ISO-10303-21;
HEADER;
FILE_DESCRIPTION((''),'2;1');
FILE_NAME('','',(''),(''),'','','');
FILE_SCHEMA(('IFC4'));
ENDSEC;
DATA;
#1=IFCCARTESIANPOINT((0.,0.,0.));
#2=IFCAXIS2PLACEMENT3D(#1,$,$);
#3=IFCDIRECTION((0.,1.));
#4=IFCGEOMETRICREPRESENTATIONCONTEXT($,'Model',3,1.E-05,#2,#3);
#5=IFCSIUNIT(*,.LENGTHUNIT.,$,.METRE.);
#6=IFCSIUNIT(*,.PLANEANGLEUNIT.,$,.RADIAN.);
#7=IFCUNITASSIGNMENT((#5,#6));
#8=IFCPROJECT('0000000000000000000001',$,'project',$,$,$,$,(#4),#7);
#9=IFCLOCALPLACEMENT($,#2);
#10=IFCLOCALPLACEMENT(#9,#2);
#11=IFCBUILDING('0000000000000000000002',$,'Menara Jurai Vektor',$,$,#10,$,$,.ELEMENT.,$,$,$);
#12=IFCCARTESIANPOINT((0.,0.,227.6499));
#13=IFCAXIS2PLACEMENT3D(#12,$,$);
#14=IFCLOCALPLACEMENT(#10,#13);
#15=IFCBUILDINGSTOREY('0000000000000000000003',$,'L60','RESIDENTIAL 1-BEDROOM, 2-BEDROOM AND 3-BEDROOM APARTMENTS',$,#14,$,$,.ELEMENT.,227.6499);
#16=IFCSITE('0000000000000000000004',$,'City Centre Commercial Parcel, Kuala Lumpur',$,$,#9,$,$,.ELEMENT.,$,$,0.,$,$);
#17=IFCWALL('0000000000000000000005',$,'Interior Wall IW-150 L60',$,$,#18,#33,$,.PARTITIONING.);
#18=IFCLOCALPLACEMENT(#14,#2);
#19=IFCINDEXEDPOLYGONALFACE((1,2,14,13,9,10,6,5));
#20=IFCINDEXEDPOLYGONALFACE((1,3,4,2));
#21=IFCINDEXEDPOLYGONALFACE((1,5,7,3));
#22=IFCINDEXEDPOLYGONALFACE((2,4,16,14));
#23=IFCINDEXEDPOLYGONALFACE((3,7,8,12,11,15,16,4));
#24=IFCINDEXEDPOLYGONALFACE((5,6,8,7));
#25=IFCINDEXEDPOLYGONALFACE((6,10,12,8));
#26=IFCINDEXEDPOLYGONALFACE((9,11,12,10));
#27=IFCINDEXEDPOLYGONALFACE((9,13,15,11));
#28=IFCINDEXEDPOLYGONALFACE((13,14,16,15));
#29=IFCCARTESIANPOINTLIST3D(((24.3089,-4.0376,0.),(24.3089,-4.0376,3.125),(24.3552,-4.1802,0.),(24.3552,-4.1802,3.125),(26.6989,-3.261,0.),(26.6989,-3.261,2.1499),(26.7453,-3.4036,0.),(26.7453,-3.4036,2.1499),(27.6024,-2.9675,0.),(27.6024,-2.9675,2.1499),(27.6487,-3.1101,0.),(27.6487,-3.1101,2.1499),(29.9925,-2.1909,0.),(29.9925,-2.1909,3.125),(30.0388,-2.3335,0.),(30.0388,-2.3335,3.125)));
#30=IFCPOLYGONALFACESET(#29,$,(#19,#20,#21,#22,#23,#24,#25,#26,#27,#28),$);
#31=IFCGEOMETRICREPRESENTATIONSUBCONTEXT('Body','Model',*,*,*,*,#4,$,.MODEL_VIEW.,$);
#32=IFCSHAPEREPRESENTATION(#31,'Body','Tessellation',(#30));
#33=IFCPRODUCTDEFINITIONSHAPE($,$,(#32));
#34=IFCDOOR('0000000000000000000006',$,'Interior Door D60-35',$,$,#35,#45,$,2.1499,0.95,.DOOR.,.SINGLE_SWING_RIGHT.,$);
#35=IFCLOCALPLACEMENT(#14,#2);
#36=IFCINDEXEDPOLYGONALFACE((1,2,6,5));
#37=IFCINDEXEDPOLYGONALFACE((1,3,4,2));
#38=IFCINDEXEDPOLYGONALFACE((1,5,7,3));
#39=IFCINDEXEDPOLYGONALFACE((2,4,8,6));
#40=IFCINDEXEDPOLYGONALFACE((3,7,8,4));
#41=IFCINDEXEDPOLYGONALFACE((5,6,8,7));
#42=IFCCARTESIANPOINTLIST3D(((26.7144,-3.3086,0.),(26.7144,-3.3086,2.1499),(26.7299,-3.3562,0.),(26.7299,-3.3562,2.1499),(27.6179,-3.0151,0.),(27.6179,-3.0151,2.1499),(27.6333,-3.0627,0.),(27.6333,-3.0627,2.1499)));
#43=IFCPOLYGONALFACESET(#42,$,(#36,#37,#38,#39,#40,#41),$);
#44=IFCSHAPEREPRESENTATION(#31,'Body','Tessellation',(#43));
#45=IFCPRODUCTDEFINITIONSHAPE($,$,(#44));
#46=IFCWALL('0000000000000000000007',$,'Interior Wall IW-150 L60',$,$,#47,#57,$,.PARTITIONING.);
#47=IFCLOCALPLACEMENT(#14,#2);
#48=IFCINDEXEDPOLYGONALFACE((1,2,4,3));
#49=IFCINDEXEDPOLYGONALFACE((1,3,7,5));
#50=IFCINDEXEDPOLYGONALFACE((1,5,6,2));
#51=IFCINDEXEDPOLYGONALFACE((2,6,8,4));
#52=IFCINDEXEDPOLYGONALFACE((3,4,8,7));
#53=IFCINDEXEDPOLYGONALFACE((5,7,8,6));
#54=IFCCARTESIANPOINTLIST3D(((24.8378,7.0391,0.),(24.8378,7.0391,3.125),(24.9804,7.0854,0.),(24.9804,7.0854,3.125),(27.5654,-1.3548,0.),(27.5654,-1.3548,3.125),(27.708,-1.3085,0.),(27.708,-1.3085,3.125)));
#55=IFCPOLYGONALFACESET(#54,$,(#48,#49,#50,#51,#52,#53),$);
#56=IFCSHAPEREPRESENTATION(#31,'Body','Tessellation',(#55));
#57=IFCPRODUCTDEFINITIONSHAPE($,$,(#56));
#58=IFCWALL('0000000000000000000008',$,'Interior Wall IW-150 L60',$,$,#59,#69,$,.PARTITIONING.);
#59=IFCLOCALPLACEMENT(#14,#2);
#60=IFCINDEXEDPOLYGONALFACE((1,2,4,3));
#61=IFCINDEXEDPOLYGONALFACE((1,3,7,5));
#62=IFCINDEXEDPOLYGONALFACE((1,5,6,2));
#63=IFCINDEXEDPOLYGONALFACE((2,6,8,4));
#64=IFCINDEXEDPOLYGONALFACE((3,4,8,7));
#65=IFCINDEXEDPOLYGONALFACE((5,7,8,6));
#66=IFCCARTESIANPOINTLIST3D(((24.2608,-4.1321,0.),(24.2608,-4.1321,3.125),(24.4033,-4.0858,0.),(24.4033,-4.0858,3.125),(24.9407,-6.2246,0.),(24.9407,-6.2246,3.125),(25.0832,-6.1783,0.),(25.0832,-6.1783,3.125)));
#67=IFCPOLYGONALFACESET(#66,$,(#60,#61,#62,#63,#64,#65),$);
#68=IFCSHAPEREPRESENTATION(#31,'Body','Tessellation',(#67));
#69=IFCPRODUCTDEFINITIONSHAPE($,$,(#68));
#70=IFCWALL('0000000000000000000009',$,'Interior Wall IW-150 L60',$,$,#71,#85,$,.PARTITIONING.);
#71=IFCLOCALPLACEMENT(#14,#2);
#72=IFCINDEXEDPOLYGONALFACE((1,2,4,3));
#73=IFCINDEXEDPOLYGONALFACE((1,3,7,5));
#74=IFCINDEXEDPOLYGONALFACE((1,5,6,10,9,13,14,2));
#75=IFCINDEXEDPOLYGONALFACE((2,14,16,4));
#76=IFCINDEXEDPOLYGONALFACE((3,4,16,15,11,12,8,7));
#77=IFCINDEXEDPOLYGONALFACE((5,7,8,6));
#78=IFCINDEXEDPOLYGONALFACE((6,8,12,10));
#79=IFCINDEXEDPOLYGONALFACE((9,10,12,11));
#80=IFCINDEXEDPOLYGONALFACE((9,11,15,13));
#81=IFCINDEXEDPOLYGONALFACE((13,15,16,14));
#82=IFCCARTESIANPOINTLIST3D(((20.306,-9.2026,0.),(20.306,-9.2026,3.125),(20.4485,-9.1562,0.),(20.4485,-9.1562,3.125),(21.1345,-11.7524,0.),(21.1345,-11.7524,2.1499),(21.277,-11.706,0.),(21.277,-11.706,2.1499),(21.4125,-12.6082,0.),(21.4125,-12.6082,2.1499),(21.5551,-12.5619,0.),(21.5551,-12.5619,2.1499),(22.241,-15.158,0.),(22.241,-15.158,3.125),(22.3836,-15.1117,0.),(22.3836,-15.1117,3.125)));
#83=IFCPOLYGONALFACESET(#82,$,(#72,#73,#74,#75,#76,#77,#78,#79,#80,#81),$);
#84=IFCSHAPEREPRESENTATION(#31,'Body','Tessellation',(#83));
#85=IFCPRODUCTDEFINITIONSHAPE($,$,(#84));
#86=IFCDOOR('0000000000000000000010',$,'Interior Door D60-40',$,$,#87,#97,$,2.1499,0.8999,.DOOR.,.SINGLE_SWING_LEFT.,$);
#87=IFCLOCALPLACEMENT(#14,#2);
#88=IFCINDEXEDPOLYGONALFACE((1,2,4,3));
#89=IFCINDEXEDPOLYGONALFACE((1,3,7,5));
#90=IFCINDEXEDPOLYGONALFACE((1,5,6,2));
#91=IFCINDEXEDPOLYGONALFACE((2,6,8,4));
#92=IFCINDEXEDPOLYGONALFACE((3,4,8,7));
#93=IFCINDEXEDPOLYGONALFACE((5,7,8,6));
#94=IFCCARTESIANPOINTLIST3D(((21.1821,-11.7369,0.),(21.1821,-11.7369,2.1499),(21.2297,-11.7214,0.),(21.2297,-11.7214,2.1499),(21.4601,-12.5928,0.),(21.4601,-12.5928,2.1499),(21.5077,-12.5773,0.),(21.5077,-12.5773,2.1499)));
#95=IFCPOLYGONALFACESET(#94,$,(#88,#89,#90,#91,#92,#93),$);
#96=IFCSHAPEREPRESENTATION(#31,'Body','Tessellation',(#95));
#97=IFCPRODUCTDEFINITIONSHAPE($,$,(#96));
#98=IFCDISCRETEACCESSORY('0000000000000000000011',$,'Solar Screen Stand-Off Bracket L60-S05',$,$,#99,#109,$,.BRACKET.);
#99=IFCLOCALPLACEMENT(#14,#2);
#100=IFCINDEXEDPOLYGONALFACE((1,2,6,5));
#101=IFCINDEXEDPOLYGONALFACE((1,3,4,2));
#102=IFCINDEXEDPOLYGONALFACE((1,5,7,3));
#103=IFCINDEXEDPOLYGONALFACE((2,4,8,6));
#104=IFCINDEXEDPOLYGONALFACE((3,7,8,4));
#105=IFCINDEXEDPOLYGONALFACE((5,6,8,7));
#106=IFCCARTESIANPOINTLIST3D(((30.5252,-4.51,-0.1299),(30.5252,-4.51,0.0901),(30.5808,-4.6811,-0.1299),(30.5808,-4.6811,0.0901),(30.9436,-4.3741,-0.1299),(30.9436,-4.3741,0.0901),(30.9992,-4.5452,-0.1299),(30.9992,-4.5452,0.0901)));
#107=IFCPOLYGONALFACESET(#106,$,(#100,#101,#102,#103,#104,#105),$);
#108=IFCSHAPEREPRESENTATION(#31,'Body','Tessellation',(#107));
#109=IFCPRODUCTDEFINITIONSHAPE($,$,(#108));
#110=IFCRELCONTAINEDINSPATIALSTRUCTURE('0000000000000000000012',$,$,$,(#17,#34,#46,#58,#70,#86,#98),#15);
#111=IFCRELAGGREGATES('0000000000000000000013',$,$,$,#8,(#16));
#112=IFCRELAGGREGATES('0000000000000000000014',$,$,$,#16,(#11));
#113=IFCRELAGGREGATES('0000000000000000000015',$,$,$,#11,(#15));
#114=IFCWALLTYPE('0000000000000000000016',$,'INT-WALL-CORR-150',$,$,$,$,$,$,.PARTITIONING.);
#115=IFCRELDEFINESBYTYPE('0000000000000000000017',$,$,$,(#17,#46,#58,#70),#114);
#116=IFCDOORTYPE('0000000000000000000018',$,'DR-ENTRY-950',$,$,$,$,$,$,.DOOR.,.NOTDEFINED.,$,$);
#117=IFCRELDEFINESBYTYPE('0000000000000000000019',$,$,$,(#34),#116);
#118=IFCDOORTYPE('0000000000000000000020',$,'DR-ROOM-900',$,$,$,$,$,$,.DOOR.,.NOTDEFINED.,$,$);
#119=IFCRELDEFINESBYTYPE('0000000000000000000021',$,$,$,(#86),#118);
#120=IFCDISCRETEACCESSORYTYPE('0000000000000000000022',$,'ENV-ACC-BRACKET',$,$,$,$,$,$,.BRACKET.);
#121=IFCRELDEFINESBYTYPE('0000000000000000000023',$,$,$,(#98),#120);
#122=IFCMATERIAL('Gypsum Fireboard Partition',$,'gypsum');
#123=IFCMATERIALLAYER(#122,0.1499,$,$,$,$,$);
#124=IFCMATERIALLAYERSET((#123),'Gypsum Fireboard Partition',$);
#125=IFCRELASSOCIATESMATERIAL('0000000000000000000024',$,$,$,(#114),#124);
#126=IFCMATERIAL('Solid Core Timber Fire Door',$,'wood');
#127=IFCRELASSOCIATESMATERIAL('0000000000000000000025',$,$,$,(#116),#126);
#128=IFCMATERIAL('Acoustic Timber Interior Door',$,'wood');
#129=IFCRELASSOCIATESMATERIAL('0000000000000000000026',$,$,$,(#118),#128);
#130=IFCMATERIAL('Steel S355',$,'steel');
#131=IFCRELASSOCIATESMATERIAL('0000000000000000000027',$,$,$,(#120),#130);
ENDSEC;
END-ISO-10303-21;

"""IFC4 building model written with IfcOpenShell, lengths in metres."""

from ifc_helpers import new_model, si_unit, direction, frame, frame_2d, origin, origin_2d, place, context, subcontext, project, spatial, rectangle, extrude, material, layer, layer_set, type_object, element, fill, save


model = new_model("IFC4")

# Units and contexts
model_context = context("Model", 3, precision=1e-05, world=origin(), true_north=direction((0.0, 1.0)))
body_context = subcontext(model_context, "Body", "Model", "MODEL_VIEW")
ifc_project = project(units=[si_unit("LENGTHUNIT", "METRE"), si_unit("PLANEANGLEUNIT", "RADIAN")], contexts=[model_context])

# Site, building, storey
site_placement = place(None, origin())
site = spatial("IfcSite", under=ifc_project, at=site_placement, Name="City Centre Commercial Parcel, Kuala Lumpur", CompositionType="ELEMENT", RefElevation=0.0)
building_placement = place(site_placement, origin())
building = spatial("IfcBuilding", under=site, at=building_placement, Name="Menara Jurai Vektor", CompositionType="ELEMENT")
storey_placement = place(building_placement, frame((0.0, 0.0, 227.6499)))
storey = spatial("IfcBuildingStorey", under=building, at=storey_placement, Name="L60", Description="RESIDENTIAL 1-BEDROOM, 2-BEDROOM AND 3-BEDROOM APARTMENTS", CompositionType="ELEMENT", Elevation=227.6499)

# Shared definitions
ifc_material_1 = material(Name="Steel S355", Category="steel")

# Wall, opening, door
ifc_material_2 = material(Name="Gypsum Fireboard Partition", Category="gypsum")
ifc_layer_1 = layer(ifc_material_2, 0.1499)
ifc_layer_set_1 = layer_set([ifc_layer_1], Name="Gypsum Fireboard Partition")
wall_type = type_object("IfcWallType", Name="INT-WALL-CORR-150", PredefinedType="PARTITIONING", material=ifc_layer_set_1)
wall_1_placement = place(storey_placement, frame((24.332, -4.1089, 0.0), z_axis=(0.0, 0.0, 1.0), x_axis=(0.951058, 0.309012, 0.0)))
wall_1 = element("IfcWall", 1, at=wall_1_placement, inside=storey, type_object=wall_type, Name="Interior Wall IW-150 L60", PredefinedType="PARTITIONING", context=body_context, shape_type="SweptSolid", body=[
    extrude(rectangle(XDim=5.9761, YDim=0.1499, at=frame_2d((2.988, 0.0))), origin(), (0.0, 0.0, 1.0), 3.125),
])
opening_1_placement = place(wall_1_placement, frame((2.5129, 0.0, 0.0)))
opening_1 = element("IfcOpeningElement", 2, at=opening_1_placement, cuts=wall_1, PredefinedType="OPENING", context=body_context, shape_type="SweptSolid", body=[
    extrude(rectangle(XDim=0.95, YDim=2.1499, at=frame_2d((0.4751, 1.075))), frame((0.0, 0.085, 0.0), z_axis=(0.0, -1.0, 0.0), x_axis=(1.0, 0.0, 0.0)), (0.0, 0.0, 1.0), 0.1699),
])
ifc_material_3 = material(Name="Solid Core Timber Fire Door", Category="wood")
door_type_1 = type_object("IfcDoorType", Name="DR-ENTRY-950", OperationType="NOTDEFINED", PredefinedType="DOOR", material=ifc_material_3)
door_1_placement = place(opening_1_placement, origin())
door_1 = element("IfcDoor", 3, at=door_1_placement, inside=storey, type_object=door_type_1, Name="Interior Door D60-35", OperationType="SINGLE_SWING_RIGHT", OverallHeight=2.1499, OverallWidth=0.95, PredefinedType="DOOR", context=body_context, shape_type="SweptSolid", body=[
    extrude(rectangle(XDim=0.95, YDim=2.1499, at=frame_2d((0.4751, 1.075))), frame((0.0, 0.0249, 0.0), z_axis=(0.0, -1.0, 0.0), x_axis=(1.0, 0.0, 0.0)), (0.0, 0.0, 1.0), 0.05),
])
fill(opening_1, door_1)

# Walls
wall_2_placement = place(storey_placement, frame((27.6367, -1.3318, 0.0), z_axis=(0.0, 0.0, 1.0), x_axis=(-0.30904, 0.951049, 0.0)))
element("IfcWall", 4, at=wall_2_placement, inside=storey, type_object=wall_type, Name="Interior Wall IW-150 L60", PredefinedType="PARTITIONING", context=body_context, shape_type="SweptSolid", body=[
    extrude(rectangle(XDim=8.8259, YDim=0.1499, at=frame_2d((4.4131, 0.0))), origin(), (0.0, 0.0, 1.0), 3.125),
])
wall_3_placement = place(storey_placement, frame((25.012, -6.2014, 0.0), z_axis=(0.0, 0.0, 1.0), x_axis=(-0.309028, 0.951053, 0.0)))
element("IfcWall", 5, at=wall_3_placement, inside=storey, type_object=wall_type, Name="Interior Wall IW-150 L60", PredefinedType="PARTITIONING", context=body_context, shape_type="SweptSolid", body=[
    extrude(rectangle(XDim=2.2002, YDim=0.1499, at=frame_2d((1.1001, 0.0))), origin(), (0.0, 0.0, 1.0), 3.125),
])

# Wall, opening, door
wall_4_placement = place(storey_placement, frame((22.3123, -15.1348, 0.0), z_axis=(0.0, 0.0, 1.0), x_axis=(-0.309014, 0.951058, 0.0)))
wall_4 = element("IfcWall", 6, at=wall_4_placement, inside=storey, type_object=wall_type, Name="Interior Wall IW-150 L60", PredefinedType="PARTITIONING", context=body_context, shape_type="SweptSolid", body=[
    extrude(rectangle(XDim=6.262, YDim=0.1499, at=frame_2d((3.1309, 0.0))), origin(), (0.0, 0.0, 1.0), 3.125),
])
opening_2_placement = place(wall_4_placement, frame((2.6809, 0.0, 0.0)))
opening_2 = element("IfcOpeningElement", 7, at=opening_2_placement, cuts=wall_4, PredefinedType="OPENING", context=body_context, shape_type="SweptSolid", body=[
    extrude(rectangle(XDim=0.8999, YDim=2.1499, at=frame_2d((0.45, 1.075))), frame((0.0, 0.085, 0.0), z_axis=(0.0, -1.0, 0.0), x_axis=(1.0, 0.0, 0.0)), (0.0, 0.0, 1.0), 0.1699),
])
ifc_material_4 = material(Name="Acoustic Timber Interior Door", Category="wood")
door_type_2 = type_object("IfcDoorType", Name="DR-ROOM-900", OperationType="NOTDEFINED", PredefinedType="DOOR", material=ifc_material_4)
door_2_placement = place(opening_2_placement, origin())
door_2 = element("IfcDoor", 8, at=door_2_placement, inside=storey, type_object=door_type_2, Name="Interior Door D60-40", OperationType="SINGLE_SWING_LEFT", OverallHeight=2.1499, OverallWidth=0.8999, PredefinedType="DOOR", context=body_context, shape_type="SweptSolid", body=[
    extrude(rectangle(XDim=0.8999, YDim=2.1499, at=frame_2d((0.45, 1.075))), frame((0.0, 0.0249, 0.0), z_axis=(0.0, -1.0, 0.0), x_axis=(1.0, 0.0, 0.0)), (0.0, 0.0, 1.0), 0.05),
])
fill(opening_2, door_2)

# Discrete accessory
discrete_accessory_type = type_object("IfcDiscreteAccessoryType", Name="ENV-ACC-BRACKET", PredefinedType="BRACKET", material=ifc_material_1)
discrete_accessory_placement = place(storey_placement, frame((30.7622, -4.5276, -0.1299), z_axis=(0.0, 0.0, 1.0), x_axis=(-0.309017, 0.951057, 0.0)))
element("IfcDiscreteAccessory", 9, at=discrete_accessory_placement, inside=storey, type_object=discrete_accessory_type, Name="Solar Screen Stand-Off Bracket L60-S05", PredefinedType="BRACKET", context=body_context, shape_type="SweptSolid", body=[
    extrude(rectangle(XDim=0.1799, YDim=0.4399, at=origin_2d()), origin(), (0.0, 0.0, 1.0), 0.22),
])

save(model, "model.ifc")
